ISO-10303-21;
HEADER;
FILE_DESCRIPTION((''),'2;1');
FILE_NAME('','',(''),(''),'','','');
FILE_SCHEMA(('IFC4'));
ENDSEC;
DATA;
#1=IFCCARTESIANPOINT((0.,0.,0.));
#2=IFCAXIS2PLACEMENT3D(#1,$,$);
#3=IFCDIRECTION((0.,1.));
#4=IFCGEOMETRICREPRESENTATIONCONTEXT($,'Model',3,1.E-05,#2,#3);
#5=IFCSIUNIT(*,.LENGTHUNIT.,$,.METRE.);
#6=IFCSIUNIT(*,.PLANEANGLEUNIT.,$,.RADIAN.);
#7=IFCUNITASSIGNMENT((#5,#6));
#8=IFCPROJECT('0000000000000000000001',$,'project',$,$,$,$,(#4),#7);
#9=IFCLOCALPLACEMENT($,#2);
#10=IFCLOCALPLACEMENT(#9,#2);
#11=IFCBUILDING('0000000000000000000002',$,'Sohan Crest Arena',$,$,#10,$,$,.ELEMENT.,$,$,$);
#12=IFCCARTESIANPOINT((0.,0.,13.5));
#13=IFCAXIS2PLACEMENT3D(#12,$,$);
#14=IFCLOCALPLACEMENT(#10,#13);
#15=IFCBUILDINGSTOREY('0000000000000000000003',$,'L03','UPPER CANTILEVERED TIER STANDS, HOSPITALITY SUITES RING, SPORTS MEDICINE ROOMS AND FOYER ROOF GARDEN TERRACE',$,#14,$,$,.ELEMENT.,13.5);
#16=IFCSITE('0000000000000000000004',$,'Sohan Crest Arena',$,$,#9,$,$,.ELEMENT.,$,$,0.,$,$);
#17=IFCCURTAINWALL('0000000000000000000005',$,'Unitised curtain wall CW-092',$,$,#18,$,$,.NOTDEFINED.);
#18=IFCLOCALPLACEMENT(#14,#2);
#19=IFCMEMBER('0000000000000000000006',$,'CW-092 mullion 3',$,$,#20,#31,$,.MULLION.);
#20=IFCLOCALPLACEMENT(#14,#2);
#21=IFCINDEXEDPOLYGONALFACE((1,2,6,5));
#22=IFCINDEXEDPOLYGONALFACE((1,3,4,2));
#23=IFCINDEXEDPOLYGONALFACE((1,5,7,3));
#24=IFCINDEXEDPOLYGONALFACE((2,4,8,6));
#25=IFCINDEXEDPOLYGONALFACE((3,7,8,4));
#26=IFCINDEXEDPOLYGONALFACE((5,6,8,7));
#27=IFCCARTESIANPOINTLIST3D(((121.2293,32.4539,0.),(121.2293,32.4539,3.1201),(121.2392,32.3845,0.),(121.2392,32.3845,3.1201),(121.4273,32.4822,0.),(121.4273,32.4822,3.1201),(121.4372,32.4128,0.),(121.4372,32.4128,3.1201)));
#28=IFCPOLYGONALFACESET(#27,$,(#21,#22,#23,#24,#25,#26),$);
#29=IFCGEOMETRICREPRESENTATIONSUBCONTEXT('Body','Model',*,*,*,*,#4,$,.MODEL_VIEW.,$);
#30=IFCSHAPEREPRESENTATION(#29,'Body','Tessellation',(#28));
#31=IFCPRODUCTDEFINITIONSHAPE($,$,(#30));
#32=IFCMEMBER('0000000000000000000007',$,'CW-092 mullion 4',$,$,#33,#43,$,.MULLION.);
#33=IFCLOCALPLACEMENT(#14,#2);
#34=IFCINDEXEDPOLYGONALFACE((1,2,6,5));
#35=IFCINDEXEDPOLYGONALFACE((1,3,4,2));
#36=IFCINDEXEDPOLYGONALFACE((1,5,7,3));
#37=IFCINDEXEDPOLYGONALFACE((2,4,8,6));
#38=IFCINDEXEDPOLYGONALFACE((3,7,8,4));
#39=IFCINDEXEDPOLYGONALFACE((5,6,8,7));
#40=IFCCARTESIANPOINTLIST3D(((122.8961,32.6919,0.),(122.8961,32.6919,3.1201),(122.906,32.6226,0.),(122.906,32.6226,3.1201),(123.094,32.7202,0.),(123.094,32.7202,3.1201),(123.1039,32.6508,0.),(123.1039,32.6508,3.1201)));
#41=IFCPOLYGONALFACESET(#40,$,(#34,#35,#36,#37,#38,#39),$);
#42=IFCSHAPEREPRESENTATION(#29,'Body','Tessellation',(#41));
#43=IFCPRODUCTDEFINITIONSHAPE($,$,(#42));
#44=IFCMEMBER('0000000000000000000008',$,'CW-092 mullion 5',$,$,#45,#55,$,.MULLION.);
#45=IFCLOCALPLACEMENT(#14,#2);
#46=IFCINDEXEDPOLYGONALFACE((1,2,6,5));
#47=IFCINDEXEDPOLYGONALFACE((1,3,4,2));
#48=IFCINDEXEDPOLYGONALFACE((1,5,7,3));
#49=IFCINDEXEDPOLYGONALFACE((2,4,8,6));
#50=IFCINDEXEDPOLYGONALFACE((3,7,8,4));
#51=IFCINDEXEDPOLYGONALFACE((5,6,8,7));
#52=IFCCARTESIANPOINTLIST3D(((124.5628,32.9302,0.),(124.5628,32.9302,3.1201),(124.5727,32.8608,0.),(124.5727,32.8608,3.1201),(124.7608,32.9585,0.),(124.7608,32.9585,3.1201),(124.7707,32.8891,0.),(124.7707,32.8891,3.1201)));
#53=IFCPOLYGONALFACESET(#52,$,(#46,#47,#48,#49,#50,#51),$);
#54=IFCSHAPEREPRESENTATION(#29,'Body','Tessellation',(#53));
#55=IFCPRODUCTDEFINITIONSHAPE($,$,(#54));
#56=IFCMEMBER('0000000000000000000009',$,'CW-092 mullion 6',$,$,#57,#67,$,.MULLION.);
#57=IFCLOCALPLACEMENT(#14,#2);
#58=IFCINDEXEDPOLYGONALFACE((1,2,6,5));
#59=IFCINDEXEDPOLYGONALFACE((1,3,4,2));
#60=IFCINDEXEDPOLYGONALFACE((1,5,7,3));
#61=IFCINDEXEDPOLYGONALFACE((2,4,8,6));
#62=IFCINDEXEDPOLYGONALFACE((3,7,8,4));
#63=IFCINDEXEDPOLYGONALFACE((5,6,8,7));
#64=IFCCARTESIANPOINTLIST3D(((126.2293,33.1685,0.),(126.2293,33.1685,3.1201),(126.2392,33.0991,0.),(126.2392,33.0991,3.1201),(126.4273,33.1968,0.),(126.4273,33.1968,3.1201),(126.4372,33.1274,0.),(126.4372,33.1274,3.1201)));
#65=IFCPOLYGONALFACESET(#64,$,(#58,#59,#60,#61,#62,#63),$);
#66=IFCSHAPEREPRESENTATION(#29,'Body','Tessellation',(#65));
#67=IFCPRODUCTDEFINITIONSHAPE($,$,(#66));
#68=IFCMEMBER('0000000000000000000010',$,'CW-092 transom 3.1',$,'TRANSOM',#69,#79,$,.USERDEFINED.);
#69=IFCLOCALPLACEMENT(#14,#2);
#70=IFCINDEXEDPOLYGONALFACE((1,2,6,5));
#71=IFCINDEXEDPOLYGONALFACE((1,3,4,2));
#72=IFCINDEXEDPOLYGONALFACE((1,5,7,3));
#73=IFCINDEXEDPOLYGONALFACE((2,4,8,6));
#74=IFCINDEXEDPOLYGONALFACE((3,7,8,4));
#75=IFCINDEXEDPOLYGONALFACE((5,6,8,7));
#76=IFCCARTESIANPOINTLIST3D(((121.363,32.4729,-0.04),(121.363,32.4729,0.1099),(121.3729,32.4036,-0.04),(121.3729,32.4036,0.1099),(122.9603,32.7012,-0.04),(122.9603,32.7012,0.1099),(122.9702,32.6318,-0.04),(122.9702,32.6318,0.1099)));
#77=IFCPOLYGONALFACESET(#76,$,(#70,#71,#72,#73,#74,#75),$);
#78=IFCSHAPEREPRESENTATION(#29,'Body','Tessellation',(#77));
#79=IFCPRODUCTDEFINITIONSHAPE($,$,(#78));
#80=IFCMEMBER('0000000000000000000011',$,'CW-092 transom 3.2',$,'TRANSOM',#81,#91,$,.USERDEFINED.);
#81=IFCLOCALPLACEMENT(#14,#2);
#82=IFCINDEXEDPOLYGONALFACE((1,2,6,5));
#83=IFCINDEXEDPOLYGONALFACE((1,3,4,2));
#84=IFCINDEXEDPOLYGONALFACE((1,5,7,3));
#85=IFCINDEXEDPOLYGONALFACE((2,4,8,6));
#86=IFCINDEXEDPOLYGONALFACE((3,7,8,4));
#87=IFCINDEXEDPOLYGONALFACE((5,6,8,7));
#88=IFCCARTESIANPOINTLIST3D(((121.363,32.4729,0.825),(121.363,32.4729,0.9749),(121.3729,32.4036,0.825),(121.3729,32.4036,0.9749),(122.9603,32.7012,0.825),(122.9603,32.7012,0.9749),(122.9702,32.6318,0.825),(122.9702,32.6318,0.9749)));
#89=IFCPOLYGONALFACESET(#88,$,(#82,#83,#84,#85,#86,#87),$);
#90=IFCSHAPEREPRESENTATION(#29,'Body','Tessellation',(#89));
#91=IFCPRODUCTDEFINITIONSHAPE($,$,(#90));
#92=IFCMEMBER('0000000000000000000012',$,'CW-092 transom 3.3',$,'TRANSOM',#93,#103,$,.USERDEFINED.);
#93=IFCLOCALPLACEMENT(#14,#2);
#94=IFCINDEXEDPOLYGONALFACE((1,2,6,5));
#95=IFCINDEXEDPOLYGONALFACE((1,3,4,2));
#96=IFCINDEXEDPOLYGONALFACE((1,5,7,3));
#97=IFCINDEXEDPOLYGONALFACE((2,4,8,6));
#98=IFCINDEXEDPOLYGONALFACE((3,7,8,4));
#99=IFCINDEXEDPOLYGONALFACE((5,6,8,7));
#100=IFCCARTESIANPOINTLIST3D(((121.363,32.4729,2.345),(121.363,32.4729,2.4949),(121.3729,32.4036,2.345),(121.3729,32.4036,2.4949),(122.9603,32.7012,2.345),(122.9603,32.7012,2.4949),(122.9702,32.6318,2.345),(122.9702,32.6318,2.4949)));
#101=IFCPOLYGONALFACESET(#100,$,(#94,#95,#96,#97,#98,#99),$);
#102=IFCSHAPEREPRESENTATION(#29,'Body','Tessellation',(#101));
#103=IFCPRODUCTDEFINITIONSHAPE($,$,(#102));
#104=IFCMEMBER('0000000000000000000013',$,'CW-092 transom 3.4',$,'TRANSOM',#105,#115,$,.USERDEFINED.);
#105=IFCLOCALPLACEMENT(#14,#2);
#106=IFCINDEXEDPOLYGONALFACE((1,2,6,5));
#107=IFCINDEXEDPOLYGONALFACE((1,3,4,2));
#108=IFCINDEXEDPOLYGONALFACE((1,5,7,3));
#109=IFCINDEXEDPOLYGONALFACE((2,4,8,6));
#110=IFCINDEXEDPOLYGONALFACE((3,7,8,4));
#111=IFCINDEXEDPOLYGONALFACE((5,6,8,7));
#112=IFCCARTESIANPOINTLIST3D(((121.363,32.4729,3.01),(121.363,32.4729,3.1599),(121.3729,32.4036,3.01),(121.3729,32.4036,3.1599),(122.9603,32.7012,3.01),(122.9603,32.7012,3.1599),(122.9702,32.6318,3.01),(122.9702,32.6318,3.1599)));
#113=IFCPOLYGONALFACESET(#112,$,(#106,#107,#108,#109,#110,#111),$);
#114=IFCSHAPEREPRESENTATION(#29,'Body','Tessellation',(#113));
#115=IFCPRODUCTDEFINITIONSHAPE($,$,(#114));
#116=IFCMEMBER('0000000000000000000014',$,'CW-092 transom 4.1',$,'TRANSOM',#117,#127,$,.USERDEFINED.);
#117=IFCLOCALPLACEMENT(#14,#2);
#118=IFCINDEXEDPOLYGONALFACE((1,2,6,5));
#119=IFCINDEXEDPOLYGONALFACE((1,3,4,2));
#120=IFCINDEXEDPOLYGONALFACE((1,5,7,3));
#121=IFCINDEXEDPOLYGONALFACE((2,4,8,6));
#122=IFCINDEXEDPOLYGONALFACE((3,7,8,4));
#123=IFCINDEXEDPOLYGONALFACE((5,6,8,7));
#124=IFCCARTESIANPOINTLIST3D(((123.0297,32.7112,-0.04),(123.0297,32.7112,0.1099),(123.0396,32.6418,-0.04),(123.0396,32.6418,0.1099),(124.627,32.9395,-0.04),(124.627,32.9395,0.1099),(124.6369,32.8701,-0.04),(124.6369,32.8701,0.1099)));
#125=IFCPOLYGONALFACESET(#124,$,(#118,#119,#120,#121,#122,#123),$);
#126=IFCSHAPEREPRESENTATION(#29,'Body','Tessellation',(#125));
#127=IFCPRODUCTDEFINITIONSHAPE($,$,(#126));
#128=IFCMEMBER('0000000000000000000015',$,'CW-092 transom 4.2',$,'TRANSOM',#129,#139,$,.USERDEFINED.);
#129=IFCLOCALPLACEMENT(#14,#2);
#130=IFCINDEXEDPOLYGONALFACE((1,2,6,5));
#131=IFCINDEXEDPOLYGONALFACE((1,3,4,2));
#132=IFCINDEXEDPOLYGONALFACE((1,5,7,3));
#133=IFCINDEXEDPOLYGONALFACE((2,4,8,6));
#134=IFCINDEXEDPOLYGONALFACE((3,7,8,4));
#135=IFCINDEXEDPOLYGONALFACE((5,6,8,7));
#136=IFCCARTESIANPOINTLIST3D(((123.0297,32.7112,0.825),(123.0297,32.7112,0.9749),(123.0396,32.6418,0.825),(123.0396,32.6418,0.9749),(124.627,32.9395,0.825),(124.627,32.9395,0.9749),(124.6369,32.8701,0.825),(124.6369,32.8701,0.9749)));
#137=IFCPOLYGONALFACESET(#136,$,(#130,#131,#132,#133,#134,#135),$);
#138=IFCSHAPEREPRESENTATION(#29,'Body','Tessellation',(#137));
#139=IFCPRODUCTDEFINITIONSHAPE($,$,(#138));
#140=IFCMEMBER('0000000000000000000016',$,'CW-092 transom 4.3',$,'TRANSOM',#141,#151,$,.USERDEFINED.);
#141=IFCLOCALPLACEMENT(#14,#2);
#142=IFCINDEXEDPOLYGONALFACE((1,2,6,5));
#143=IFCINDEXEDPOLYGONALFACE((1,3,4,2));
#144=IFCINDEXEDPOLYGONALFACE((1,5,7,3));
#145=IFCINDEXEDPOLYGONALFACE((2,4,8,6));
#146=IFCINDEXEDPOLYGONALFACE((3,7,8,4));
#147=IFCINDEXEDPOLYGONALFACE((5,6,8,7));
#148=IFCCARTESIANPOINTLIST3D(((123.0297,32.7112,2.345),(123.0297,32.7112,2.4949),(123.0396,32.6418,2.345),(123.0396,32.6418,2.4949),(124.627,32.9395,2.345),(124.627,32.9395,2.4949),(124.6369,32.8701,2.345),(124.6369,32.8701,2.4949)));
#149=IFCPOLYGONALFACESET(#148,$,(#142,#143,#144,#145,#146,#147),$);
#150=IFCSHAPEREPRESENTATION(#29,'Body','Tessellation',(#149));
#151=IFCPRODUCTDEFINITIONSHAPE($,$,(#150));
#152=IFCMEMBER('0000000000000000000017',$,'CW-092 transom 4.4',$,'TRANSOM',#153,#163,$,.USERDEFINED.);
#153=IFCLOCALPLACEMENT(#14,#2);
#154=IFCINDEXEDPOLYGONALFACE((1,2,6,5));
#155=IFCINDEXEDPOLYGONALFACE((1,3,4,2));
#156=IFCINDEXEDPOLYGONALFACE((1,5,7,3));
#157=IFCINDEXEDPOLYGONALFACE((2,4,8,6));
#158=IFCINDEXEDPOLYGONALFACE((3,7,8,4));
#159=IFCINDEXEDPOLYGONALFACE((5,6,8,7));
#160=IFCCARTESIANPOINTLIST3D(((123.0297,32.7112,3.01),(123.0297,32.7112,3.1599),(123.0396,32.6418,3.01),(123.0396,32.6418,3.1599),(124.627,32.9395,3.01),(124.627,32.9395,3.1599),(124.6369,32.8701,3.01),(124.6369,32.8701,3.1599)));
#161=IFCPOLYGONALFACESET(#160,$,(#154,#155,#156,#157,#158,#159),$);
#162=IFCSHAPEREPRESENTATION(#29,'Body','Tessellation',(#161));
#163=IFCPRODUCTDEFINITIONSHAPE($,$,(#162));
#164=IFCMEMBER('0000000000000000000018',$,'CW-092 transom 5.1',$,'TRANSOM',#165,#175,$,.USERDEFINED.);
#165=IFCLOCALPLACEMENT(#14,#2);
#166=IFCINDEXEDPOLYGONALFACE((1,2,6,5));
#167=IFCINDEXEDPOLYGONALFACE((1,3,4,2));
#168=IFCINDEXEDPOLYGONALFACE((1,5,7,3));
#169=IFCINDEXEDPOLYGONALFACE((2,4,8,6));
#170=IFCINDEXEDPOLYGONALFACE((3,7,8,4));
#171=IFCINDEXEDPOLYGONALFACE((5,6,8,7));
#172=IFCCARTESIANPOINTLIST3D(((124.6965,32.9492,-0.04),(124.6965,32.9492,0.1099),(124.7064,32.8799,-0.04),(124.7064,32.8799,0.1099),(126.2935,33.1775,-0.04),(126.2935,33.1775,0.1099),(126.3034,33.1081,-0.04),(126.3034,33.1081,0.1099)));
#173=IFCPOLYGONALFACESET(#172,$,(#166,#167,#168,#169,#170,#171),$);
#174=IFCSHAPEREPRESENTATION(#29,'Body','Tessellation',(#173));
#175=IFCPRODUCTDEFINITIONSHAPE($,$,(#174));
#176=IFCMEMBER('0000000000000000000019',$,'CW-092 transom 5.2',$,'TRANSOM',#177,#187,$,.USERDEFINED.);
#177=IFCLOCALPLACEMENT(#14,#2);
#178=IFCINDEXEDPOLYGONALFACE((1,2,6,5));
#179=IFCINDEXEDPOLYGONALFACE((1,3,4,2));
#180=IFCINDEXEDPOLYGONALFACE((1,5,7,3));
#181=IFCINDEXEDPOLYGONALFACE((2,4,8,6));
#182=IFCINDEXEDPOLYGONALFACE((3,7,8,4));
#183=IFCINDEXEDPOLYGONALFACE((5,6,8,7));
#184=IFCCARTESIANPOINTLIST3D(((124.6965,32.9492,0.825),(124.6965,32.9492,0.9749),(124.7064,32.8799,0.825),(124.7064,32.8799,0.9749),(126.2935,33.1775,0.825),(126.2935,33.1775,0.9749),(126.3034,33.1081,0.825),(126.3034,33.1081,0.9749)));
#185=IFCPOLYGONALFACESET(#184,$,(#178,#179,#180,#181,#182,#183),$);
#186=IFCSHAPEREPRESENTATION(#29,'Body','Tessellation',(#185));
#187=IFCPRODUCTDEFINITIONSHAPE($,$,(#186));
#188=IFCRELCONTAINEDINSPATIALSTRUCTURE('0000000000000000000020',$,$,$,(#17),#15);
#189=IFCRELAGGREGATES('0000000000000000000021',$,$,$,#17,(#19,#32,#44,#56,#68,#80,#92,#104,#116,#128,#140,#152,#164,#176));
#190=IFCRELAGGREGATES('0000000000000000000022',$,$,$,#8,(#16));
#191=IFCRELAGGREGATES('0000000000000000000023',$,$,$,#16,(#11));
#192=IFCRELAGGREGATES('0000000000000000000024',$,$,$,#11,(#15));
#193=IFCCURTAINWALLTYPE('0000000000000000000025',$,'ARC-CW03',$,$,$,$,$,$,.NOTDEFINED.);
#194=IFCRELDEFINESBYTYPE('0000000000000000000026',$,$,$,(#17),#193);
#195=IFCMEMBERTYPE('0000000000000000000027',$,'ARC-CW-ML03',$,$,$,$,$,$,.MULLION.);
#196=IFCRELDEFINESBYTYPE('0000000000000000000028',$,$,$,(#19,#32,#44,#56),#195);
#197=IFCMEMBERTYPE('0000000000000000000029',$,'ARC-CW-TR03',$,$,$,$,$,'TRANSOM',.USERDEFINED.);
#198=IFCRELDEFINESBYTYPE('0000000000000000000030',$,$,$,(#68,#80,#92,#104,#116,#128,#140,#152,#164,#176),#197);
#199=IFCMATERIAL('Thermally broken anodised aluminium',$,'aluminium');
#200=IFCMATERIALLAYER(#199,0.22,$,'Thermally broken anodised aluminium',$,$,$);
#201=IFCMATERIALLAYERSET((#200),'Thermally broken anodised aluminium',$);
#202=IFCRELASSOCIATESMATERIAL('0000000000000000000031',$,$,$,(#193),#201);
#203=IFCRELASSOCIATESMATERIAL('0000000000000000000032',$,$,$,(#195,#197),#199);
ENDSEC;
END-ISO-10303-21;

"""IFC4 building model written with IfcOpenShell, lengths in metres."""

from ifc_helpers import new_model, si_unit, direction, frame, origin, origin_2d, place, context, subcontext, project, spatial, rectangle, extrude, material, layer, layer_set, material_profile, profile_set, type_object, element, aggregate, save


model = new_model("IFC4")

# Units and contexts
model_context = context("Model", 3, precision=1e-05, world=origin(), true_north=direction((0.0, 1.0)))
body_context = subcontext(model_context, "Body", "Model", "MODEL_VIEW")
ifc_project = project(units=[si_unit("LENGTHUNIT", "METRE"), si_unit("PLANEANGLEUNIT", "RADIAN")], contexts=[model_context])

# Site, building, storey
site_placement = place(None, origin())
site = spatial("IfcSite", under=ifc_project, at=site_placement, Name="Sohan Crest Arena", CompositionType="ELEMENT", RefElevation=0.0)
building_placement = place(site_placement, origin())
building = spatial("IfcBuilding", under=site, at=building_placement, Name="Sohan Crest Arena", CompositionType="ELEMENT")
storey_placement = place(building_placement, frame((0.0, 0.0, 13.5)))
storey = spatial("IfcBuildingStorey", under=building, at=storey_placement, Name="L03", Description="UPPER CANTILEVERED TIER STANDS, HOSPITALITY SUITES RING, SPORTS MEDICINE ROOMS AND FOYER ROOF GARDEN TERRACE", CompositionType="ELEMENT", Elevation=13.5)

# Curtain wall, members
ifc_material_1 = material(Name="Thermally broken anodised aluminium", Category="aluminium")
ifc_layer_1 = layer(ifc_material_1, 0.22, Name="Thermally broken anodised aluminium")
ifc_layer_set_1 = layer_set([ifc_layer_1], Name="Thermally broken anodised aluminium")
curtain_wall_type = type_object("IfcCurtainWallType", Name="ARC-CW03", PredefinedType="NOTDEFINED", material=ifc_layer_set_1)
curtain_wall_placement = place(storey_placement, origin())
curtain_wall = element("IfcCurtainWall", 1, at=curtain_wall_placement, inside=storey, type_object=curtain_wall_type, Name="Unitised curtain wall CW-092", PredefinedType="NOTDEFINED")
ifc_material_profile_1 = material_profile(ifc_material_1, rectangle(XDim=0.0701, YDim=0.2, at=origin_2d()), Name="ALU-MULL 70x200")
ifc_profile_set_1 = profile_set([ifc_material_profile_1], Name="Thermally broken anodised aluminium")
member_type_1 = type_object("IfcMemberType", Name="ARC-CW-ML03", PredefinedType="MULLION", material=ifc_profile_set_1)
member_1_placement = place(storey_placement, frame((121.3333, 32.4333, 0.0), z_axis=(0.0, 0.0, 1.0), x_axis=(-0.141463, 0.989944, 0.0)))
member_1 = element("IfcMember", 2, at=member_1_placement, type_object=member_type_1, Name="CW-092 mullion 3", PredefinedType="MULLION", context=body_context, shape_type="SweptSolid", body=[
    extrude(rectangle(XDim=0.0701, YDim=0.2, at=origin_2d()), origin(), (0.0, 0.0, 1.0), 3.1201),
])
member_2_placement = place(storey_placement, frame((123.0, 32.6714, 0.0), z_axis=(0.0, 0.0, 1.0), x_axis=(-0.141463, 0.989944, 0.0)))
member_2 = element("IfcMember", 3, at=member_2_placement, type_object=member_type_1, Name="CW-092 mullion 4", PredefinedType="MULLION", context=body_context, shape_type="SweptSolid", body=[
    extrude(rectangle(XDim=0.0701, YDim=0.2, at=origin_2d()), origin(), (0.0, 0.0, 1.0), 3.1201),
])
member_3_placement = place(storey_placement, frame((124.6667, 32.9097, 0.0), z_axis=(0.0, 0.0, 1.0), x_axis=(-0.141463, 0.989944, 0.0)))
member_3 = element("IfcMember", 4, at=member_3_placement, type_object=member_type_1, Name="CW-092 mullion 5", PredefinedType="MULLION", context=body_context, shape_type="SweptSolid", body=[
    extrude(rectangle(XDim=0.0701, YDim=0.2, at=origin_2d()), origin(), (0.0, 0.0, 1.0), 3.1201),
])
member_4_placement = place(storey_placement, frame((126.3333, 33.1479, 0.0), z_axis=(0.0, 0.0, 1.0), x_axis=(-0.141463, 0.989944, 0.0)))
member_4 = element("IfcMember", 5, at=member_4_placement, type_object=member_type_1, Name="CW-092 mullion 6", PredefinedType="MULLION", context=body_context, shape_type="SweptSolid", body=[
    extrude(rectangle(XDim=0.0701, YDim=0.2, at=origin_2d()), origin(), (0.0, 0.0, 1.0), 3.1201),
])
ifc_material_profile_2 = material_profile(ifc_material_1, rectangle(XDim=0.0701, YDim=0.1499, at=origin_2d()), Name="ALU-TRAN 70x150")
ifc_profile_set_2 = profile_set([ifc_material_profile_2], Name="Thermally broken anodised aluminium")
member_type_2 = type_object("IfcMemberType", Name="ARC-CW-TR03", ElementType="TRANSOM", PredefinedType="USERDEFINED", material=ifc_profile_set_2)
member_5_placement = place(storey_placement, frame((121.3679, 32.4382, 0.0349), z_axis=(0.989943, 0.141464, 0.0), x_axis=(-0.141464, 0.989943, 0.0)))
member_5 = element("IfcMember", 6, at=member_5_placement, type_object=member_type_2, Name="CW-092 transom 3.1", ObjectType="TRANSOM", PredefinedType="USERDEFINED", context=body_context, shape_type="SweptSolid", body=[
    extrude(rectangle(XDim=0.0701, YDim=0.1499, at=origin_2d()), origin(), (0.0, 0.0, 1.0), 1.6135),
])
member_6_placement = place(storey_placement, frame((121.3679, 32.4382, 0.8999), z_axis=(0.989943, 0.141464, 0.0), x_axis=(-0.141464, 0.989943, 0.0)))
member_6 = element("IfcMember", 7, at=member_6_placement, type_object=member_type_2, Name="CW-092 transom 3.2", ObjectType="TRANSOM", PredefinedType="USERDEFINED", context=body_context, shape_type="SweptSolid", body=[
    extrude(rectangle(XDim=0.0701, YDim=0.1499, at=origin_2d()), origin(), (0.0, 0.0, 1.0), 1.6135),
])
member_7_placement = place(storey_placement, frame((121.3679, 32.4382, 2.4199), z_axis=(0.989943, 0.141464, 0.0), x_axis=(-0.141464, 0.989943, 0.0)))
member_7 = element("IfcMember", 8, at=member_7_placement, type_object=member_type_2, Name="CW-092 transom 3.3", ObjectType="TRANSOM", PredefinedType="USERDEFINED", context=body_context, shape_type="SweptSolid", body=[
    extrude(rectangle(XDim=0.0701, YDim=0.1499, at=origin_2d()), origin(), (0.0, 0.0, 1.0), 1.6135),
])
member_8_placement = place(storey_placement, frame((121.3679, 32.4382, 3.085), z_axis=(0.989943, 0.141464, 0.0), x_axis=(-0.141464, 0.989943, 0.0)))
member_8 = element("IfcMember", 9, at=member_8_placement, type_object=member_type_2, Name="CW-092 transom 3.4", ObjectType="TRANSOM", PredefinedType="USERDEFINED", context=body_context, shape_type="SweptSolid", body=[
    extrude(rectangle(XDim=0.0701, YDim=0.1499, at=origin_2d()), origin(), (0.0, 0.0, 1.0), 1.6135),
])
member_9_placement = place(storey_placement, frame((123.0347, 32.6765, 0.0349), z_axis=(0.989943, 0.141464, 0.0), x_axis=(-0.141464, 0.989943, 0.0)))
member_9 = element("IfcMember", 10, at=member_9_placement, type_object=member_type_2, Name="CW-092 transom 4.1", ObjectType="TRANSOM", PredefinedType="USERDEFINED", context=body_context, shape_type="SweptSolid", body=[
    extrude(rectangle(XDim=0.0701, YDim=0.1499, at=origin_2d()), origin(), (0.0, 0.0, 1.0), 1.6135),
])
member_10_placement = place(storey_placement, frame((123.0347, 32.6765, 0.8999), z_axis=(0.989943, 0.141464, 0.0), x_axis=(-0.141464, 0.989943, 0.0)))
member_10 = element("IfcMember", 11, at=member_10_placement, type_object=member_type_2, Name="CW-092 transom 4.2", ObjectType="TRANSOM", PredefinedType="USERDEFINED", context=body_context, shape_type="SweptSolid", body=[
    extrude(rectangle(XDim=0.0701, YDim=0.1499, at=origin_2d()), origin(), (0.0, 0.0, 1.0), 1.6135),
])
member_11_placement = place(storey_placement, frame((123.0347, 32.6765, 2.4199), z_axis=(0.989943, 0.141464, 0.0), x_axis=(-0.141464, 0.989943, 0.0)))
member_11 = element("IfcMember", 12, at=member_11_placement, type_object=member_type_2, Name="CW-092 transom 4.3", ObjectType="TRANSOM", PredefinedType="USERDEFINED", context=body_context, shape_type="SweptSolid", body=[
    extrude(rectangle(XDim=0.0701, YDim=0.1499, at=origin_2d()), origin(), (0.0, 0.0, 1.0), 1.6135),
])
member_12_placement = place(storey_placement, frame((123.0347, 32.6765, 3.085), z_axis=(0.989943, 0.141464, 0.0), x_axis=(-0.141464, 0.989943, 0.0)))
member_12 = element("IfcMember", 13, at=member_12_placement, type_object=member_type_2, Name="CW-092 transom 4.4", ObjectType="TRANSOM", PredefinedType="USERDEFINED", context=body_context, shape_type="SweptSolid", body=[
    extrude(rectangle(XDim=0.0701, YDim=0.1499, at=origin_2d()), origin(), (0.0, 0.0, 1.0), 1.6135),
])
member_13_placement = place(storey_placement, frame((124.7014, 32.9146, 0.0349), z_axis=(0.98994, 0.141485, 0.0), x_axis=(-0.141485, 0.98994, 0.0)))
member_13 = element("IfcMember", 14, at=member_13_placement, type_object=member_type_2, Name="CW-092 transom 5.1", ObjectType="TRANSOM", PredefinedType="USERDEFINED", context=body_context, shape_type="SweptSolid", body=[
    extrude(rectangle(XDim=0.0701, YDim=0.1499, at=origin_2d()), origin(), (0.0, 0.0, 1.0), 1.6133),
])
member_14_placement = place(storey_placement, frame((124.7014, 32.9146, 0.8999), z_axis=(0.98994, 0.141485, 0.0), x_axis=(-0.141485, 0.98994, 0.0)))
member_14 = element("IfcMember", 15, at=member_14_placement, type_object=member_type_2, Name="CW-092 transom 5.2", ObjectType="TRANSOM", PredefinedType="USERDEFINED", context=body_context, shape_type="SweptSolid", body=[
    extrude(rectangle(XDim=0.0701, YDim=0.1499, at=origin_2d()), origin(), (0.0, 0.0, 1.0), 1.6133),
])
aggregate(curtain_wall, [member_1, member_2, member_3, member_4, member_5, member_6, member_7, member_8, member_9, member_10, member_11, member_12, member_13, member_14])

save(model, "model.ifc")
